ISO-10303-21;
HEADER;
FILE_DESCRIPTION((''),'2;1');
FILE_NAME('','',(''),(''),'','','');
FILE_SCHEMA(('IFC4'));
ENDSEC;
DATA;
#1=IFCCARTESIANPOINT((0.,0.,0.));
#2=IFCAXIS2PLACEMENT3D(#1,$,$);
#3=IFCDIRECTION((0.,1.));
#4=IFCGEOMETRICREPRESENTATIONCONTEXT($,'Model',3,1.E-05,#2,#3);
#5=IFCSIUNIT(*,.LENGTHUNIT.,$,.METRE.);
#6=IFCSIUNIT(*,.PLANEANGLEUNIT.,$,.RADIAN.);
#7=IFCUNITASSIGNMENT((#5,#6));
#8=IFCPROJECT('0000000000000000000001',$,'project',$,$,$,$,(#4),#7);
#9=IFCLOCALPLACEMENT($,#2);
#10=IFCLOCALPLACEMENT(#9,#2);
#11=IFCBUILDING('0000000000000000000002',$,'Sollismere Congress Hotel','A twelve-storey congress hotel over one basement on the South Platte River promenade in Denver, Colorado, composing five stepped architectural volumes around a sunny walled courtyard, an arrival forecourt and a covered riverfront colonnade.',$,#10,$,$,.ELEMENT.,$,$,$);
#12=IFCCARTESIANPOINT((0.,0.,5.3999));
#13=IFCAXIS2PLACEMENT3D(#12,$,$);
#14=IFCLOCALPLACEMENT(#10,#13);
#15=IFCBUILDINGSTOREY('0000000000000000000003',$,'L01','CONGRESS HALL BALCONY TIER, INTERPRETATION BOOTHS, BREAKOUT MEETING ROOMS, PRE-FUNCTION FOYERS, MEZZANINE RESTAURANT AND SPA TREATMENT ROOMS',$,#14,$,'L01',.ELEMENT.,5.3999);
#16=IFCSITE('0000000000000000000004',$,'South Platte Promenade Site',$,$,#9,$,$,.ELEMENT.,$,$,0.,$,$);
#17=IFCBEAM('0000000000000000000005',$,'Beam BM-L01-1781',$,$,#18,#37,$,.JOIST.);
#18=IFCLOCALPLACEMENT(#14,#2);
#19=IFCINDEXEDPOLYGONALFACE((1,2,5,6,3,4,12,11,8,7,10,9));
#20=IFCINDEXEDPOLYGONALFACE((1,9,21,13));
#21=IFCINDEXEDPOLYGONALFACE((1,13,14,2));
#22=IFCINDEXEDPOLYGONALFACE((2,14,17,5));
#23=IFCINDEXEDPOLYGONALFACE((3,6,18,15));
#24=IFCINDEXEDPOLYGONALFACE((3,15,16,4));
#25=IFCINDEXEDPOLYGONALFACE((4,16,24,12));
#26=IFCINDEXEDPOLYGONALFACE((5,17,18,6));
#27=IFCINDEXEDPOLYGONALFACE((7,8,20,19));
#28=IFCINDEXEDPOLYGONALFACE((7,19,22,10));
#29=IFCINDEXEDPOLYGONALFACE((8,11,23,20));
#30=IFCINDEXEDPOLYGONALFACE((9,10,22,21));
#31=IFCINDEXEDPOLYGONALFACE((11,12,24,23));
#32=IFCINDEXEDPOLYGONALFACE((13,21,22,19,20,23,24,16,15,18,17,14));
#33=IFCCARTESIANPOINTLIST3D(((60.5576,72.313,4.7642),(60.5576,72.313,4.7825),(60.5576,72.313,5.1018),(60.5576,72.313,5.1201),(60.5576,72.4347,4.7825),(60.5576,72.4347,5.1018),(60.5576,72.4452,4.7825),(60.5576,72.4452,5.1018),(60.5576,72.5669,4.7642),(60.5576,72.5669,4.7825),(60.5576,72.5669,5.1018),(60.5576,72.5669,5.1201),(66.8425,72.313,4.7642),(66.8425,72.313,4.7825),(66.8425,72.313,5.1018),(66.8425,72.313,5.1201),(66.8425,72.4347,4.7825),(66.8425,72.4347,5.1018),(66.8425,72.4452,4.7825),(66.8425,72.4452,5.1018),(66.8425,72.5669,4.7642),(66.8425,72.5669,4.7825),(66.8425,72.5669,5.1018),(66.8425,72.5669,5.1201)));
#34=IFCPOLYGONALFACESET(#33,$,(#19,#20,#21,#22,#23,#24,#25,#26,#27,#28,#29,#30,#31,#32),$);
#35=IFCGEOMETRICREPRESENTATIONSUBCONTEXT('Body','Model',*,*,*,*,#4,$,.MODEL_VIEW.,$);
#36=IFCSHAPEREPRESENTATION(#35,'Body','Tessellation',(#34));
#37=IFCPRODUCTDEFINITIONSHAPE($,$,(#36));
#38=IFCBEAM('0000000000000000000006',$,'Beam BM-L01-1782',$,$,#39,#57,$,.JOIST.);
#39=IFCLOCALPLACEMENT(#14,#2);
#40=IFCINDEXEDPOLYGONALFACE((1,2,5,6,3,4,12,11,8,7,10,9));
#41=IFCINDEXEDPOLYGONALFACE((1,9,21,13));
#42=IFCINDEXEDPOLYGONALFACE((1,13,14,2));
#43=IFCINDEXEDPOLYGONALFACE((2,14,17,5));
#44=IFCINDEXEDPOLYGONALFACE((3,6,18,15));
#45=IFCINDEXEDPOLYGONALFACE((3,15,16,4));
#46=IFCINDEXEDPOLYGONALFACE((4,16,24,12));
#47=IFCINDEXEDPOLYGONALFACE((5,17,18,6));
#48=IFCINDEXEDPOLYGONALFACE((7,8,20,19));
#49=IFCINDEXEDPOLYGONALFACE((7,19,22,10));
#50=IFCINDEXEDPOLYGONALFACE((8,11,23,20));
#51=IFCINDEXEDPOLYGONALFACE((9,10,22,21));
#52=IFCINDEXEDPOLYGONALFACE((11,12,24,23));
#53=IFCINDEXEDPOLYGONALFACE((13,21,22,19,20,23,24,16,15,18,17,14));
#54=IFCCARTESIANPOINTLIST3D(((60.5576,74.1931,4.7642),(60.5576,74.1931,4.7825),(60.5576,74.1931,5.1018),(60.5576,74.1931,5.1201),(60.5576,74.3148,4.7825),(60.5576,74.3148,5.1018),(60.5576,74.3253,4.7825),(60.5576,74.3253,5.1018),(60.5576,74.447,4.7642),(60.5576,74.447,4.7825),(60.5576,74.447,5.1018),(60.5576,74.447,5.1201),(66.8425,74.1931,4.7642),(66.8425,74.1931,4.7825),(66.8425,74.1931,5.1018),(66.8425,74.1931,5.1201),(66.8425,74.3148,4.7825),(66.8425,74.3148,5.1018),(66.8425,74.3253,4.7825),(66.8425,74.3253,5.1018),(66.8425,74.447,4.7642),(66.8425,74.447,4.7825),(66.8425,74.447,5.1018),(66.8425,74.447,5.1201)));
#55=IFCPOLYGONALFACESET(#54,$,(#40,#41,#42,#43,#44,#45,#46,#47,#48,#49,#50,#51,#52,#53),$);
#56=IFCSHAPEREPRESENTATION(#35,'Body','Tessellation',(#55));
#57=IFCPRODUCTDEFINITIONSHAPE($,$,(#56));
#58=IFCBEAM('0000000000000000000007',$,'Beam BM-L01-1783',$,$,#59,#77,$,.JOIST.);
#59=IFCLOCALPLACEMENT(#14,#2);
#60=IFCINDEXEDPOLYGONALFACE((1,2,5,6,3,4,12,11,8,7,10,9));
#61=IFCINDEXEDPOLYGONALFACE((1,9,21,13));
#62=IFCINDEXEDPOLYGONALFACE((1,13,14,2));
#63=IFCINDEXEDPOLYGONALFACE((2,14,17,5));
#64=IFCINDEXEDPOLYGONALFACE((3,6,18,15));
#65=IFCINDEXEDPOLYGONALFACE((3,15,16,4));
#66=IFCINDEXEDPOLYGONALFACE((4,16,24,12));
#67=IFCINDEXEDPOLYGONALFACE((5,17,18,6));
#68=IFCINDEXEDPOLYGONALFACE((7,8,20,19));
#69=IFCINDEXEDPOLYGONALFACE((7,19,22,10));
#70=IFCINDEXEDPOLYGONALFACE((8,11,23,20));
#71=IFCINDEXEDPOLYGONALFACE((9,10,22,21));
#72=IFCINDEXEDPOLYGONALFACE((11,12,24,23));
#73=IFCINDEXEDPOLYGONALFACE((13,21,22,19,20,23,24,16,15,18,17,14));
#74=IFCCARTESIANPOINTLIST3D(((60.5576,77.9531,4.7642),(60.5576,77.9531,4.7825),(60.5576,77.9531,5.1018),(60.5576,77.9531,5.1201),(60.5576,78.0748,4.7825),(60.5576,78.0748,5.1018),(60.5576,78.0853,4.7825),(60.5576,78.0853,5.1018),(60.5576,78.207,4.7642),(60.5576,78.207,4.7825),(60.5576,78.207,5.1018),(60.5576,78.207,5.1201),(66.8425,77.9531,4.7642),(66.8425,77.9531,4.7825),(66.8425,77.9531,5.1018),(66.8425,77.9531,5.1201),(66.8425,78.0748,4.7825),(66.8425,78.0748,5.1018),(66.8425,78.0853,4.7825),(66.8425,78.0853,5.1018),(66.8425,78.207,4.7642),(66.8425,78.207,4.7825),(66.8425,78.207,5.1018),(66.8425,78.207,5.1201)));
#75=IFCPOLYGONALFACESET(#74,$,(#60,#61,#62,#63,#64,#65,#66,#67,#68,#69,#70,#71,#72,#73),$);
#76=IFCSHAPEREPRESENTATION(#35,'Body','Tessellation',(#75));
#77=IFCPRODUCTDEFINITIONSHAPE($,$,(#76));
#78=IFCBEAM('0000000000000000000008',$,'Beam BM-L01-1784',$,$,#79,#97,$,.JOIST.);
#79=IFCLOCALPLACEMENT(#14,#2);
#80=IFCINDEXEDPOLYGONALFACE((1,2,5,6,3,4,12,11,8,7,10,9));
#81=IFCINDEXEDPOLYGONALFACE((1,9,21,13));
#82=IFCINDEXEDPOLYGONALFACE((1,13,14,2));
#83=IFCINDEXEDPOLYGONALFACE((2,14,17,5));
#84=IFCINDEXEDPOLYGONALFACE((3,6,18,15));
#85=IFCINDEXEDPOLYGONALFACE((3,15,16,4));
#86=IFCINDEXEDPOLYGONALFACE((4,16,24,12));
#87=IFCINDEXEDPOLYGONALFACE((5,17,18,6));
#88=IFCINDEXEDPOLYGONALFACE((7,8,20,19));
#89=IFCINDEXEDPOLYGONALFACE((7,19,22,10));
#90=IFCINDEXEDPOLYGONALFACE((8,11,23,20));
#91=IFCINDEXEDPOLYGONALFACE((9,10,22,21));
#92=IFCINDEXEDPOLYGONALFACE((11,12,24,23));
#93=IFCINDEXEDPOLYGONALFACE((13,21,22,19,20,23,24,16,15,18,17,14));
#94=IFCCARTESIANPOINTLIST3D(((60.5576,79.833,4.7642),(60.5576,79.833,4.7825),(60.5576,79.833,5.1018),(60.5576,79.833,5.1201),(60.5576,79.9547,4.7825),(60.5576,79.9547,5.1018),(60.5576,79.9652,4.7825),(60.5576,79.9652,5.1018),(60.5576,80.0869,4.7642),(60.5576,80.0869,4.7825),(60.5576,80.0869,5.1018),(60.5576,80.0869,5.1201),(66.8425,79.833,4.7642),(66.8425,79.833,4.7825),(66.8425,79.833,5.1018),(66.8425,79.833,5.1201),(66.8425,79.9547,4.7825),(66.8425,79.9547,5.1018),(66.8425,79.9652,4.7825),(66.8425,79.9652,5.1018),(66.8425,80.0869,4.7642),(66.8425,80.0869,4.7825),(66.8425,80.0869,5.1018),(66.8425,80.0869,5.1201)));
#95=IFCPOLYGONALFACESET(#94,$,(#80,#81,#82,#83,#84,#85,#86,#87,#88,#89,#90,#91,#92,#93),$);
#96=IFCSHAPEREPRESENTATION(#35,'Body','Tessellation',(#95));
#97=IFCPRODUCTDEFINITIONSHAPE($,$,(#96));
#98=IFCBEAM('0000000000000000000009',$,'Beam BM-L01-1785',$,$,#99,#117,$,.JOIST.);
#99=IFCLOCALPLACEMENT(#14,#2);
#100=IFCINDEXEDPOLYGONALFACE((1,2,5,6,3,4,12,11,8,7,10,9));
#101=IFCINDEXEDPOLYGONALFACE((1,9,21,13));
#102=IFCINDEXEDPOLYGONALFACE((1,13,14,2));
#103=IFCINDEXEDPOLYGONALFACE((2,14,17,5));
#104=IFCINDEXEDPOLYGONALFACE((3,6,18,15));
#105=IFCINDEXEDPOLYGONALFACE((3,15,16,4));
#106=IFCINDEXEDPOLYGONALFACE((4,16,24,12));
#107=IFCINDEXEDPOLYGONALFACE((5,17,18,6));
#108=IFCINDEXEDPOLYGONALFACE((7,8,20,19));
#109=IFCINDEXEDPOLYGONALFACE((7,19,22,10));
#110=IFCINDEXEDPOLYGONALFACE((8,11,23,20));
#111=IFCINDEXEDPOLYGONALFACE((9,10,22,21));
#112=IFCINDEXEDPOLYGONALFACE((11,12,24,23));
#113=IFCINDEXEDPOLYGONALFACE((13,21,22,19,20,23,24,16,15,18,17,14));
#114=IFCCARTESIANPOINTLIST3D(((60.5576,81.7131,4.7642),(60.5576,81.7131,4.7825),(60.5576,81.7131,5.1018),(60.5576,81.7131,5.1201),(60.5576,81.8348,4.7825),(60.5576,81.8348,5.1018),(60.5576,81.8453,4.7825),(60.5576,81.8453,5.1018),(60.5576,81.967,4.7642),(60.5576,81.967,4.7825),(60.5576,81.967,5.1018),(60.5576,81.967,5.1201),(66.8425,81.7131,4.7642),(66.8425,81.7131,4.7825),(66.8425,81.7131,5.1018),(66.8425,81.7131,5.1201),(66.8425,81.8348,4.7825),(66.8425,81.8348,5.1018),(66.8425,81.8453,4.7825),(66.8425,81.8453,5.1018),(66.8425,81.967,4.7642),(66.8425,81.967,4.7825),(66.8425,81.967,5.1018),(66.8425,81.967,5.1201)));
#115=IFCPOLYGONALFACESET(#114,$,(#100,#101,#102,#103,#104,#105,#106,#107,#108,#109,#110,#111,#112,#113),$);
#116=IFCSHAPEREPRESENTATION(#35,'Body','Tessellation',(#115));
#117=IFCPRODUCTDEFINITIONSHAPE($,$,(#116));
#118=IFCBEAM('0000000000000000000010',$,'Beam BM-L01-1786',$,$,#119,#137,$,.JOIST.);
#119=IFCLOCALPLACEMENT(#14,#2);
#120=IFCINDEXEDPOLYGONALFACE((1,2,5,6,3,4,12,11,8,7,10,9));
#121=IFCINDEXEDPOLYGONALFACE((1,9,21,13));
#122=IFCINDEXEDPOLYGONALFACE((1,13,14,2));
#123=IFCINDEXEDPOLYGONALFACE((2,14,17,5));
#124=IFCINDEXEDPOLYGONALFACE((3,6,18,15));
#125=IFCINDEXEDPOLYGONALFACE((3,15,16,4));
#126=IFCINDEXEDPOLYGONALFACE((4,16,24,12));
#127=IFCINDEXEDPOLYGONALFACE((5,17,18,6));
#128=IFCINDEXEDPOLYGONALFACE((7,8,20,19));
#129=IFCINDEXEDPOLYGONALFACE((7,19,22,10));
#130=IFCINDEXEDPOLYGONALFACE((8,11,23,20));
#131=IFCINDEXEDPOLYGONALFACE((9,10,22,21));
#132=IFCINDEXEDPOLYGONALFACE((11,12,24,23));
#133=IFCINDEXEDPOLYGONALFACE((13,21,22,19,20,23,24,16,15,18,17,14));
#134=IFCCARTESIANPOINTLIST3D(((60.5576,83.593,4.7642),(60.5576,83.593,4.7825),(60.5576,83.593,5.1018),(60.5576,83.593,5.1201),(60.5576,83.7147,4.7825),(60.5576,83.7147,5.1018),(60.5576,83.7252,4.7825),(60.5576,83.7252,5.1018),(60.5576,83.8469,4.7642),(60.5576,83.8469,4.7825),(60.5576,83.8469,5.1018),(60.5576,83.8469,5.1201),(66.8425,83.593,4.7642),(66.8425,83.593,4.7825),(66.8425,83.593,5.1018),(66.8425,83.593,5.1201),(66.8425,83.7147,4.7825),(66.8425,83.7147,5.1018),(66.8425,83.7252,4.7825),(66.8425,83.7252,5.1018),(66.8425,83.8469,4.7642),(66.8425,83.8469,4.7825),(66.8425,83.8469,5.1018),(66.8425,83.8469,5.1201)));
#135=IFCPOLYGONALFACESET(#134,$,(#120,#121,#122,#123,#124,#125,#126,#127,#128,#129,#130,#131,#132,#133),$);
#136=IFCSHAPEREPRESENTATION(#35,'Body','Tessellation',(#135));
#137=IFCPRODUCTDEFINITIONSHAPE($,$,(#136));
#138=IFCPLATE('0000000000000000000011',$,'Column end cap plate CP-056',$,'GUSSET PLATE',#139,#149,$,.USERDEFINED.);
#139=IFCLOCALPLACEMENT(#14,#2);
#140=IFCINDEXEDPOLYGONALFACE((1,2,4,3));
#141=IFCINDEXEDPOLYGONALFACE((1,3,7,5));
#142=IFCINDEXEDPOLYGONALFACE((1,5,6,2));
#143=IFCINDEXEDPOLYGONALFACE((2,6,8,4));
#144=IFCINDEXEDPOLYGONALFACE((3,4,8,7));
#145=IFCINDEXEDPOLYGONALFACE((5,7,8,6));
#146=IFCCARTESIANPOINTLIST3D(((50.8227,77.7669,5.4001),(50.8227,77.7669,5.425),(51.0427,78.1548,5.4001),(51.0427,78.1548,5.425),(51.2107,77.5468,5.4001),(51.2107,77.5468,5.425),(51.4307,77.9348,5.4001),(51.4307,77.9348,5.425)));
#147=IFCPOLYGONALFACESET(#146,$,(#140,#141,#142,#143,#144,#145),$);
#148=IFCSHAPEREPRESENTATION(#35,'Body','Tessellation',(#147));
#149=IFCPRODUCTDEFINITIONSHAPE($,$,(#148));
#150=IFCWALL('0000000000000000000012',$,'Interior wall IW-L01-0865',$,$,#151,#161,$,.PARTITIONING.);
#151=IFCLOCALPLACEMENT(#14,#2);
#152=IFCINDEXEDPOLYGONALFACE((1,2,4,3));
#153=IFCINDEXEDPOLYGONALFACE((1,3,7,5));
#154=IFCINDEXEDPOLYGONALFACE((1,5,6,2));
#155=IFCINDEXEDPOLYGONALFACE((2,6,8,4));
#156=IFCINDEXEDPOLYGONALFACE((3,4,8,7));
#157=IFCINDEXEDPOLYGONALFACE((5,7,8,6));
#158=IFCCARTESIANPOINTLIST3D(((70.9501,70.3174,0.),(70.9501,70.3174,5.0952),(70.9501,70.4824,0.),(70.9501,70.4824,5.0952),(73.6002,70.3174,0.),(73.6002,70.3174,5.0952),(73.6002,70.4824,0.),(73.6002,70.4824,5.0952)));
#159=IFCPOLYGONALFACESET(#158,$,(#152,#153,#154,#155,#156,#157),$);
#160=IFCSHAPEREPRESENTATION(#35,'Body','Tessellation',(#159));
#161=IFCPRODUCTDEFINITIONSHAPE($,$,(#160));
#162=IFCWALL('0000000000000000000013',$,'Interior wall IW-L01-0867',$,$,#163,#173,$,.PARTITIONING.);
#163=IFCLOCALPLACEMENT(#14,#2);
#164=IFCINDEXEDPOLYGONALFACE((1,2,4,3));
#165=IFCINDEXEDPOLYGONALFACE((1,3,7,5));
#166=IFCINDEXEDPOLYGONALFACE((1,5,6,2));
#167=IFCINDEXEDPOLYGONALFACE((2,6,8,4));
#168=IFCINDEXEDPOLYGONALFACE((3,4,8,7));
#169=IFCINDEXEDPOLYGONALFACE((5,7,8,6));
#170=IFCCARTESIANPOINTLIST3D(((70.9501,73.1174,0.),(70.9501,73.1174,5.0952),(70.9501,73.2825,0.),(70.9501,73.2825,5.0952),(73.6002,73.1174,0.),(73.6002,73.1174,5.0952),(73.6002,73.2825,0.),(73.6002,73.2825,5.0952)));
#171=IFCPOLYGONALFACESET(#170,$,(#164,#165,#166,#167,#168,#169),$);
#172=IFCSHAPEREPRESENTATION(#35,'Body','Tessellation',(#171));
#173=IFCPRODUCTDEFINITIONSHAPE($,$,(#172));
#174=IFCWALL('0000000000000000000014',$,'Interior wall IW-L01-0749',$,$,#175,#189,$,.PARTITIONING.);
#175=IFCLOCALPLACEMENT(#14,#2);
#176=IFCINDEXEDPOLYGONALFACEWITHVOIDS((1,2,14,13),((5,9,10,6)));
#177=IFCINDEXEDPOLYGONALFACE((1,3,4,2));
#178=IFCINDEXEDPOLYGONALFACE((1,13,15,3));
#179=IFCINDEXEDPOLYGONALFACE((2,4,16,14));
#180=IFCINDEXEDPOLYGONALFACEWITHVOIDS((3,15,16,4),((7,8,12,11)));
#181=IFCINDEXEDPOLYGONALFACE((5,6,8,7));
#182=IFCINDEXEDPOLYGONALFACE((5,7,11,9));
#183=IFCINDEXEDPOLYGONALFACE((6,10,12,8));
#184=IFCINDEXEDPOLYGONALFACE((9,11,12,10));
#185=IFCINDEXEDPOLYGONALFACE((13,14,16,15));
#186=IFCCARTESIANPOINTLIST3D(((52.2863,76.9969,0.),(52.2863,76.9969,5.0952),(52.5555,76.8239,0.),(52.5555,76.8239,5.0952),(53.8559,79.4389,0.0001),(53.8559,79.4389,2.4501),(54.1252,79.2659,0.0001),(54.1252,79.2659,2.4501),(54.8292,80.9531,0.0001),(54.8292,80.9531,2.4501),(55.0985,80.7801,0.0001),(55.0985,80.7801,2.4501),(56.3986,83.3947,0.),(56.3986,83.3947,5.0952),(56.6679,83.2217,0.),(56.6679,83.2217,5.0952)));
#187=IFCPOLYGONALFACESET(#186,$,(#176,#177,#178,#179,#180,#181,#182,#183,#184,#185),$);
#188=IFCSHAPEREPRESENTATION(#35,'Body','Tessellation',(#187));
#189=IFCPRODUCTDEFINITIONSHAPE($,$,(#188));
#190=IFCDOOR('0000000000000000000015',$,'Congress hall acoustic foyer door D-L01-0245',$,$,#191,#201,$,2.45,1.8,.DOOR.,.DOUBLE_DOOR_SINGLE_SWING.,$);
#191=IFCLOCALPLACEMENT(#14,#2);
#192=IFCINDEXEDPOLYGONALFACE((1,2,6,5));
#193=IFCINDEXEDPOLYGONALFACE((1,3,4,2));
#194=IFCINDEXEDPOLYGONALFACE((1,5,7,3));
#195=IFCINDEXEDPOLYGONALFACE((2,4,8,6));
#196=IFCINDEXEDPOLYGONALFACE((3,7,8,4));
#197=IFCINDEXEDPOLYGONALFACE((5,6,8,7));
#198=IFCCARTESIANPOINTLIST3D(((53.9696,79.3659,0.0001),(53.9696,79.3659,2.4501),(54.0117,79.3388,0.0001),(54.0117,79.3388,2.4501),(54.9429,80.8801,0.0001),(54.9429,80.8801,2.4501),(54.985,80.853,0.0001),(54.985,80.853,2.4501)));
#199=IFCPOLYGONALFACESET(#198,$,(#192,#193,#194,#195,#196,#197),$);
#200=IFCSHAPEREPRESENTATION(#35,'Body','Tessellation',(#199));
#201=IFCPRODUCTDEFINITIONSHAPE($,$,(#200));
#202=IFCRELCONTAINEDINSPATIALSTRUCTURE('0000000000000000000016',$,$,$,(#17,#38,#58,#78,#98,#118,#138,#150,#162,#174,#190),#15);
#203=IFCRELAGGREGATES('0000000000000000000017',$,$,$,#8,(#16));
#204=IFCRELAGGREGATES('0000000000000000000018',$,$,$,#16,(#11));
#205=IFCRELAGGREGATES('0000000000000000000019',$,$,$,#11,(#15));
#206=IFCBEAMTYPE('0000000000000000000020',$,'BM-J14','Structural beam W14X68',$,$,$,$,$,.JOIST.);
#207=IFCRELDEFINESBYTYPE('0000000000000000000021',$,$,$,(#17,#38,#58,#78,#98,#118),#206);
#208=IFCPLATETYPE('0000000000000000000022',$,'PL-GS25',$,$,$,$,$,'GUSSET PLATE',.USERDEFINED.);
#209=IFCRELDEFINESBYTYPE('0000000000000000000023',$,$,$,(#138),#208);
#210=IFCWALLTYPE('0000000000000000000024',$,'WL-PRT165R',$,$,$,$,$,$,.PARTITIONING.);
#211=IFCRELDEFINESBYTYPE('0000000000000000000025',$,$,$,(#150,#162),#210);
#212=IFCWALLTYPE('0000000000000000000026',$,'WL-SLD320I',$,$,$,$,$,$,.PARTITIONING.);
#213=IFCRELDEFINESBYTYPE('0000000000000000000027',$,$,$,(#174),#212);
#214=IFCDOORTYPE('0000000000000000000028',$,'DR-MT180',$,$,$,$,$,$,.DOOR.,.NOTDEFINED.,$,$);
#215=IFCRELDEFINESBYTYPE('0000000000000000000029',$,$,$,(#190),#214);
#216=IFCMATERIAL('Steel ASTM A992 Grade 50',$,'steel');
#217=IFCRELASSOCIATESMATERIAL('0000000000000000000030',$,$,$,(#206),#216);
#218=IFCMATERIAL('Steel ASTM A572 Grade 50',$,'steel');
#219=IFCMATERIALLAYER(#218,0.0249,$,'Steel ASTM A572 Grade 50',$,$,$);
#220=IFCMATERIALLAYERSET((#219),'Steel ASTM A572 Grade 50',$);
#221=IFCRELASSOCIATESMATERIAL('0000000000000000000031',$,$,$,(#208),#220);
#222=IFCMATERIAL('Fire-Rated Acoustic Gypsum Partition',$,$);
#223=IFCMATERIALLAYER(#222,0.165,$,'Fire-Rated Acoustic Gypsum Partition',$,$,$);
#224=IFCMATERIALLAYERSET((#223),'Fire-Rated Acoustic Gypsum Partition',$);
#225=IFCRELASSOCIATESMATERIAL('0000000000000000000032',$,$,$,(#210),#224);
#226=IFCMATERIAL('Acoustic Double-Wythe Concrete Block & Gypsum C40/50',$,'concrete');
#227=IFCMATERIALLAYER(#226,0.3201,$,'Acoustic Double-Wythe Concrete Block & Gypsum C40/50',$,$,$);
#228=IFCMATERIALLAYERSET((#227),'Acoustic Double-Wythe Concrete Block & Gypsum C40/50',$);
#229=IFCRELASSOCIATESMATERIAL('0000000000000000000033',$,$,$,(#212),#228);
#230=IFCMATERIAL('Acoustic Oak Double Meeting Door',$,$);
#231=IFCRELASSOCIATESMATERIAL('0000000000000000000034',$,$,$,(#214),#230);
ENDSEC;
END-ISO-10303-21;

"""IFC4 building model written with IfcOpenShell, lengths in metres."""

from ifc_helpers import new_model, si_unit, direction, frame, frame_2d, origin, origin_2d, place, context, subcontext, project, spatial, rectangle, i_section, extrude, material, layer, layer_set, material_profile, profile_set, type_object, element, fill, save


model = new_model("IFC4")

# Units and contexts
model_context = context("Model", 3, precision=1e-05, world=origin(), true_north=direction((0.0, 1.0)))
body_context = subcontext(model_context, "Body", "Model", "MODEL_VIEW")
ifc_project = project(units=[si_unit("LENGTHUNIT", "METRE"), si_unit("PLANEANGLEUNIT", "RADIAN")], contexts=[model_context])

# Site, building, storey
site_placement = place(None, origin())
site = spatial("IfcSite", under=ifc_project, at=site_placement, Name="South Platte Promenade Site", CompositionType="ELEMENT", RefElevation=0.0)
building_placement = place(site_placement, origin())
building = spatial("IfcBuilding", under=site, at=building_placement, Name="Sollismere Congress Hotel", Description="A twelve-storey congress hotel over one basement on the South Platte River promenade in Denver, Colorado, composing five stepped architectural volumes around a sunny walled courtyard, an arrival forecourt and a covered riverfront colonnade.", CompositionType="ELEMENT")
storey_placement = place(building_placement, frame((0.0, 0.0, 5.3999)))
storey = spatial("IfcBuildingStorey", under=building, at=storey_placement, Name="L01", Description="CONGRESS HALL BALCONY TIER, INTERPRETATION BOOTHS, BREAKOUT MEETING ROOMS, PRE-FUNCTION FOYERS, MEZZANINE RESTAURANT AND SPA TREATMENT ROOMS", LongName="L01", CompositionType="ELEMENT", Elevation=5.3999)

# Shared definitions
ifc_material_1 = material(Name="Steel ASTM A992 Grade 50", Category="steel")

# Beams
ifc_material_profile_1 = material_profile(ifc_material_1, i_section(OverallWidth=0.2539, OverallDepth=0.356, WebThickness=0.0105, FlangeThickness=0.0183, at=origin_2d()), Name="W14X68")
ifc_profile_set_1 = profile_set([ifc_material_profile_1], Name="Steel ASTM A992 Grade 50")
beam_type_1 = type_object("IfcBeamType", Name="BM-J14", Description="Structural beam W14X68", PredefinedType="JOIST", material=ifc_profile_set_1)
for number, where, z_axis, x_axis, name in (
    (1, (60.5576, 72.4399, 4.9421), (1.0, 0.0, 0.0), (0.0, 1.0, 0.0), "Beam BM-L01-1781"),
    (2, (60.5576, 74.3201, 4.9421), (1.0, 0.0, 0.0), (0.0, 1.0, 0.0), "Beam BM-L01-1782"),
    (3, (60.5576, 78.0801, 4.9421), (1.0, 0.0, 0.0), (0.0, 1.0, 0.0), "Beam BM-L01-1783"),
    (4, (60.5576, 79.96, 4.9421), (1.0, 0.0, 0.0), (0.0, 1.0, 0.0), "Beam BM-L01-1784"),
    (5, (60.5576, 81.8401, 4.9421), (1.0, 0.0, 0.0), (0.0, 1.0, 0.0), "Beam BM-L01-1785"),
    (6, (60.5576, 83.72, 4.9421), (1.0, 0.0, 0.0), (0.0, 1.0, 0.0), "Beam BM-L01-1786"),
):
    element("IfcBeam", number, at=place(storey_placement, frame(where, z_axis=z_axis, x_axis=x_axis)), inside=storey, type_object=beam_type_1, Name=name, PredefinedType="JOIST", context=body_context, shape_type="SweptSolid", body=[
        extrude(i_section(OverallWidth=0.2539, OverallDepth=0.356, WebThickness=0.0105, FlangeThickness=0.0183, at=origin_2d()), origin(), (0.0, 0.0, 1.0), 6.2849),
    ])

# Plate
ifc_material_2 = material(Name="Steel ASTM A572 Grade 50", Category="steel")
ifc_layer_1 = layer(ifc_material_2, 0.0249, Name="Steel ASTM A572 Grade 50")
ifc_layer_set_1 = layer_set([ifc_layer_1], Name="Steel ASTM A572 Grade 50")
plate_type = type_object("IfcPlateType", Name="PL-GS25", ElementType="GUSSET PLATE", PredefinedType="USERDEFINED", material=ifc_layer_set_1)
plate_placement = place(storey_placement, frame((51.1267, 77.8508, 5.4001), z_axis=(0.0, 0.0, 1.0), x_axis=(0.86984, -0.493335, 0.0)))
element("IfcPlate", 7, at=plate_placement, inside=storey, type_object=plate_type, Name="Column end cap plate CP-056", ObjectType="GUSSET PLATE", PredefinedType="USERDEFINED", context=body_context, shape_type="SweptSolid", body=[
    extrude(rectangle(XDim=0.446, YDim=0.446, at=origin_2d()), origin(), (0.0, 0.0, 1.0), 0.0249),
])

# Walls
ifc_material_3 = material(Name="Fire-Rated Acoustic Gypsum Partition")
ifc_layer_2 = layer(ifc_material_3, 0.165, Name="Fire-Rated Acoustic Gypsum Partition")
ifc_layer_set_2 = layer_set([ifc_layer_2], Name="Fire-Rated Acoustic Gypsum Partition")
wall_type_1 = type_object("IfcWallType", Name="WL-PRT165R", PredefinedType="PARTITIONING", material=ifc_layer_set_2)
for number, where, z_axis, x_axis, name in (
    (8, (70.95, 70.3999, 0.0), (0.0, 0.0, 1.0), (1.0, 0.0, 0.0), "Interior wall IW-L01-0865"),
    (9, (70.95, 73.2, 0.0), (0.0, 0.0, 1.0), (1.0, 0.0, 0.0), "Interior wall IW-L01-0867"),
):
    element("IfcWall", number, at=place(storey_placement, frame(where, z_axis=z_axis, x_axis=x_axis)), inside=storey, type_object=wall_type_1, Name=name, PredefinedType="PARTITIONING", context=body_context, shape_type="SweptSolid", body=[
        extrude(rectangle(XDim=2.6501, YDim=0.165, at=frame_2d((1.3252, 0.0))), origin(), (0.0, 0.0, 1.0), 5.0952),
    ])

# Wall, opening, door
ifc_material_4 = material(Name="Acoustic Double-Wythe Concrete Block & Gypsum C40/50", Category="concrete")
ifc_layer_3 = layer(ifc_material_4, 0.3201, Name="Acoustic Double-Wythe Concrete Block & Gypsum C40/50")
ifc_layer_set_3 = layer_set([ifc_layer_3], Name="Acoustic Double-Wythe Concrete Block & Gypsum C40/50")
wall_type_2 = type_object("IfcWallType", Name="WL-SLD320I", PredefinedType="PARTITIONING", material=ifc_layer_set_3)
wall_1_placement = place(storey_placement, frame((52.4209, 76.9104, 0.0), z_axis=(0.0, 0.0, 1.0), x_axis=(0.540711, 0.841209, 0.0)))
wall_1 = element("IfcWall", 10, at=wall_1_placement, inside=storey, type_object=wall_type_2, Name="Interior wall IW-L01-0749", PredefinedType="PARTITIONING", context=body_context, shape_type="SweptSolid", body=[
    extrude(rectangle(XDim=7.6055, YDim=0.3201, at=frame_2d((3.8027, 0.0))), origin(), (0.0, 0.0, 1.0), 5.0952),
])
opening_1_placement = place(wall_1_placement, frame((2.9031, 0.0, 0.0)))
opening_1 = element("IfcOpeningElement", 11, at=opening_1_placement, cuts=wall_1, PredefinedType="OPENING", context=body_context, shape_type="SweptSolid", body=[
    extrude(rectangle(XDim=1.8, YDim=2.45, at=frame_2d((0.8999, 1.2251))), frame((0.0, 0.1699, 0.0), z_axis=(0.0, -1.0, 0.0), x_axis=(1.0, 0.0, 0.0)), (0.0, 0.0, 1.0), 0.3401),
])
ifc_material_5 = material(Name="Acoustic Oak Double Meeting Door")
door_type = type_object("IfcDoorType", Name="DR-MT180", OperationType="NOTDEFINED", PredefinedType="DOOR", material=ifc_material_5)
door_1_placement = place(opening_1_placement, origin())
door_1 = element("IfcDoor", 12, at=door_1_placement, inside=storey, type_object=door_type, Name="Congress hall acoustic foyer door D-L01-0245", OperationType="DOUBLE_DOOR_SINGLE_SWING", OverallHeight=2.45, OverallWidth=1.8, PredefinedType="DOOR", context=body_context, shape_type="SweptSolid", body=[
    extrude(rectangle(XDim=1.8, YDim=2.45, at=frame_2d((0.8999, 1.2251))), frame((0.0, 0.0249, 0.0), z_axis=(0.0, -1.0, 0.0), x_axis=(1.0, 0.0, 0.0)), (0.0, 0.0, 1.0), 0.05),
])
fill(opening_1, door_1)

save(model, "model.ifc")
